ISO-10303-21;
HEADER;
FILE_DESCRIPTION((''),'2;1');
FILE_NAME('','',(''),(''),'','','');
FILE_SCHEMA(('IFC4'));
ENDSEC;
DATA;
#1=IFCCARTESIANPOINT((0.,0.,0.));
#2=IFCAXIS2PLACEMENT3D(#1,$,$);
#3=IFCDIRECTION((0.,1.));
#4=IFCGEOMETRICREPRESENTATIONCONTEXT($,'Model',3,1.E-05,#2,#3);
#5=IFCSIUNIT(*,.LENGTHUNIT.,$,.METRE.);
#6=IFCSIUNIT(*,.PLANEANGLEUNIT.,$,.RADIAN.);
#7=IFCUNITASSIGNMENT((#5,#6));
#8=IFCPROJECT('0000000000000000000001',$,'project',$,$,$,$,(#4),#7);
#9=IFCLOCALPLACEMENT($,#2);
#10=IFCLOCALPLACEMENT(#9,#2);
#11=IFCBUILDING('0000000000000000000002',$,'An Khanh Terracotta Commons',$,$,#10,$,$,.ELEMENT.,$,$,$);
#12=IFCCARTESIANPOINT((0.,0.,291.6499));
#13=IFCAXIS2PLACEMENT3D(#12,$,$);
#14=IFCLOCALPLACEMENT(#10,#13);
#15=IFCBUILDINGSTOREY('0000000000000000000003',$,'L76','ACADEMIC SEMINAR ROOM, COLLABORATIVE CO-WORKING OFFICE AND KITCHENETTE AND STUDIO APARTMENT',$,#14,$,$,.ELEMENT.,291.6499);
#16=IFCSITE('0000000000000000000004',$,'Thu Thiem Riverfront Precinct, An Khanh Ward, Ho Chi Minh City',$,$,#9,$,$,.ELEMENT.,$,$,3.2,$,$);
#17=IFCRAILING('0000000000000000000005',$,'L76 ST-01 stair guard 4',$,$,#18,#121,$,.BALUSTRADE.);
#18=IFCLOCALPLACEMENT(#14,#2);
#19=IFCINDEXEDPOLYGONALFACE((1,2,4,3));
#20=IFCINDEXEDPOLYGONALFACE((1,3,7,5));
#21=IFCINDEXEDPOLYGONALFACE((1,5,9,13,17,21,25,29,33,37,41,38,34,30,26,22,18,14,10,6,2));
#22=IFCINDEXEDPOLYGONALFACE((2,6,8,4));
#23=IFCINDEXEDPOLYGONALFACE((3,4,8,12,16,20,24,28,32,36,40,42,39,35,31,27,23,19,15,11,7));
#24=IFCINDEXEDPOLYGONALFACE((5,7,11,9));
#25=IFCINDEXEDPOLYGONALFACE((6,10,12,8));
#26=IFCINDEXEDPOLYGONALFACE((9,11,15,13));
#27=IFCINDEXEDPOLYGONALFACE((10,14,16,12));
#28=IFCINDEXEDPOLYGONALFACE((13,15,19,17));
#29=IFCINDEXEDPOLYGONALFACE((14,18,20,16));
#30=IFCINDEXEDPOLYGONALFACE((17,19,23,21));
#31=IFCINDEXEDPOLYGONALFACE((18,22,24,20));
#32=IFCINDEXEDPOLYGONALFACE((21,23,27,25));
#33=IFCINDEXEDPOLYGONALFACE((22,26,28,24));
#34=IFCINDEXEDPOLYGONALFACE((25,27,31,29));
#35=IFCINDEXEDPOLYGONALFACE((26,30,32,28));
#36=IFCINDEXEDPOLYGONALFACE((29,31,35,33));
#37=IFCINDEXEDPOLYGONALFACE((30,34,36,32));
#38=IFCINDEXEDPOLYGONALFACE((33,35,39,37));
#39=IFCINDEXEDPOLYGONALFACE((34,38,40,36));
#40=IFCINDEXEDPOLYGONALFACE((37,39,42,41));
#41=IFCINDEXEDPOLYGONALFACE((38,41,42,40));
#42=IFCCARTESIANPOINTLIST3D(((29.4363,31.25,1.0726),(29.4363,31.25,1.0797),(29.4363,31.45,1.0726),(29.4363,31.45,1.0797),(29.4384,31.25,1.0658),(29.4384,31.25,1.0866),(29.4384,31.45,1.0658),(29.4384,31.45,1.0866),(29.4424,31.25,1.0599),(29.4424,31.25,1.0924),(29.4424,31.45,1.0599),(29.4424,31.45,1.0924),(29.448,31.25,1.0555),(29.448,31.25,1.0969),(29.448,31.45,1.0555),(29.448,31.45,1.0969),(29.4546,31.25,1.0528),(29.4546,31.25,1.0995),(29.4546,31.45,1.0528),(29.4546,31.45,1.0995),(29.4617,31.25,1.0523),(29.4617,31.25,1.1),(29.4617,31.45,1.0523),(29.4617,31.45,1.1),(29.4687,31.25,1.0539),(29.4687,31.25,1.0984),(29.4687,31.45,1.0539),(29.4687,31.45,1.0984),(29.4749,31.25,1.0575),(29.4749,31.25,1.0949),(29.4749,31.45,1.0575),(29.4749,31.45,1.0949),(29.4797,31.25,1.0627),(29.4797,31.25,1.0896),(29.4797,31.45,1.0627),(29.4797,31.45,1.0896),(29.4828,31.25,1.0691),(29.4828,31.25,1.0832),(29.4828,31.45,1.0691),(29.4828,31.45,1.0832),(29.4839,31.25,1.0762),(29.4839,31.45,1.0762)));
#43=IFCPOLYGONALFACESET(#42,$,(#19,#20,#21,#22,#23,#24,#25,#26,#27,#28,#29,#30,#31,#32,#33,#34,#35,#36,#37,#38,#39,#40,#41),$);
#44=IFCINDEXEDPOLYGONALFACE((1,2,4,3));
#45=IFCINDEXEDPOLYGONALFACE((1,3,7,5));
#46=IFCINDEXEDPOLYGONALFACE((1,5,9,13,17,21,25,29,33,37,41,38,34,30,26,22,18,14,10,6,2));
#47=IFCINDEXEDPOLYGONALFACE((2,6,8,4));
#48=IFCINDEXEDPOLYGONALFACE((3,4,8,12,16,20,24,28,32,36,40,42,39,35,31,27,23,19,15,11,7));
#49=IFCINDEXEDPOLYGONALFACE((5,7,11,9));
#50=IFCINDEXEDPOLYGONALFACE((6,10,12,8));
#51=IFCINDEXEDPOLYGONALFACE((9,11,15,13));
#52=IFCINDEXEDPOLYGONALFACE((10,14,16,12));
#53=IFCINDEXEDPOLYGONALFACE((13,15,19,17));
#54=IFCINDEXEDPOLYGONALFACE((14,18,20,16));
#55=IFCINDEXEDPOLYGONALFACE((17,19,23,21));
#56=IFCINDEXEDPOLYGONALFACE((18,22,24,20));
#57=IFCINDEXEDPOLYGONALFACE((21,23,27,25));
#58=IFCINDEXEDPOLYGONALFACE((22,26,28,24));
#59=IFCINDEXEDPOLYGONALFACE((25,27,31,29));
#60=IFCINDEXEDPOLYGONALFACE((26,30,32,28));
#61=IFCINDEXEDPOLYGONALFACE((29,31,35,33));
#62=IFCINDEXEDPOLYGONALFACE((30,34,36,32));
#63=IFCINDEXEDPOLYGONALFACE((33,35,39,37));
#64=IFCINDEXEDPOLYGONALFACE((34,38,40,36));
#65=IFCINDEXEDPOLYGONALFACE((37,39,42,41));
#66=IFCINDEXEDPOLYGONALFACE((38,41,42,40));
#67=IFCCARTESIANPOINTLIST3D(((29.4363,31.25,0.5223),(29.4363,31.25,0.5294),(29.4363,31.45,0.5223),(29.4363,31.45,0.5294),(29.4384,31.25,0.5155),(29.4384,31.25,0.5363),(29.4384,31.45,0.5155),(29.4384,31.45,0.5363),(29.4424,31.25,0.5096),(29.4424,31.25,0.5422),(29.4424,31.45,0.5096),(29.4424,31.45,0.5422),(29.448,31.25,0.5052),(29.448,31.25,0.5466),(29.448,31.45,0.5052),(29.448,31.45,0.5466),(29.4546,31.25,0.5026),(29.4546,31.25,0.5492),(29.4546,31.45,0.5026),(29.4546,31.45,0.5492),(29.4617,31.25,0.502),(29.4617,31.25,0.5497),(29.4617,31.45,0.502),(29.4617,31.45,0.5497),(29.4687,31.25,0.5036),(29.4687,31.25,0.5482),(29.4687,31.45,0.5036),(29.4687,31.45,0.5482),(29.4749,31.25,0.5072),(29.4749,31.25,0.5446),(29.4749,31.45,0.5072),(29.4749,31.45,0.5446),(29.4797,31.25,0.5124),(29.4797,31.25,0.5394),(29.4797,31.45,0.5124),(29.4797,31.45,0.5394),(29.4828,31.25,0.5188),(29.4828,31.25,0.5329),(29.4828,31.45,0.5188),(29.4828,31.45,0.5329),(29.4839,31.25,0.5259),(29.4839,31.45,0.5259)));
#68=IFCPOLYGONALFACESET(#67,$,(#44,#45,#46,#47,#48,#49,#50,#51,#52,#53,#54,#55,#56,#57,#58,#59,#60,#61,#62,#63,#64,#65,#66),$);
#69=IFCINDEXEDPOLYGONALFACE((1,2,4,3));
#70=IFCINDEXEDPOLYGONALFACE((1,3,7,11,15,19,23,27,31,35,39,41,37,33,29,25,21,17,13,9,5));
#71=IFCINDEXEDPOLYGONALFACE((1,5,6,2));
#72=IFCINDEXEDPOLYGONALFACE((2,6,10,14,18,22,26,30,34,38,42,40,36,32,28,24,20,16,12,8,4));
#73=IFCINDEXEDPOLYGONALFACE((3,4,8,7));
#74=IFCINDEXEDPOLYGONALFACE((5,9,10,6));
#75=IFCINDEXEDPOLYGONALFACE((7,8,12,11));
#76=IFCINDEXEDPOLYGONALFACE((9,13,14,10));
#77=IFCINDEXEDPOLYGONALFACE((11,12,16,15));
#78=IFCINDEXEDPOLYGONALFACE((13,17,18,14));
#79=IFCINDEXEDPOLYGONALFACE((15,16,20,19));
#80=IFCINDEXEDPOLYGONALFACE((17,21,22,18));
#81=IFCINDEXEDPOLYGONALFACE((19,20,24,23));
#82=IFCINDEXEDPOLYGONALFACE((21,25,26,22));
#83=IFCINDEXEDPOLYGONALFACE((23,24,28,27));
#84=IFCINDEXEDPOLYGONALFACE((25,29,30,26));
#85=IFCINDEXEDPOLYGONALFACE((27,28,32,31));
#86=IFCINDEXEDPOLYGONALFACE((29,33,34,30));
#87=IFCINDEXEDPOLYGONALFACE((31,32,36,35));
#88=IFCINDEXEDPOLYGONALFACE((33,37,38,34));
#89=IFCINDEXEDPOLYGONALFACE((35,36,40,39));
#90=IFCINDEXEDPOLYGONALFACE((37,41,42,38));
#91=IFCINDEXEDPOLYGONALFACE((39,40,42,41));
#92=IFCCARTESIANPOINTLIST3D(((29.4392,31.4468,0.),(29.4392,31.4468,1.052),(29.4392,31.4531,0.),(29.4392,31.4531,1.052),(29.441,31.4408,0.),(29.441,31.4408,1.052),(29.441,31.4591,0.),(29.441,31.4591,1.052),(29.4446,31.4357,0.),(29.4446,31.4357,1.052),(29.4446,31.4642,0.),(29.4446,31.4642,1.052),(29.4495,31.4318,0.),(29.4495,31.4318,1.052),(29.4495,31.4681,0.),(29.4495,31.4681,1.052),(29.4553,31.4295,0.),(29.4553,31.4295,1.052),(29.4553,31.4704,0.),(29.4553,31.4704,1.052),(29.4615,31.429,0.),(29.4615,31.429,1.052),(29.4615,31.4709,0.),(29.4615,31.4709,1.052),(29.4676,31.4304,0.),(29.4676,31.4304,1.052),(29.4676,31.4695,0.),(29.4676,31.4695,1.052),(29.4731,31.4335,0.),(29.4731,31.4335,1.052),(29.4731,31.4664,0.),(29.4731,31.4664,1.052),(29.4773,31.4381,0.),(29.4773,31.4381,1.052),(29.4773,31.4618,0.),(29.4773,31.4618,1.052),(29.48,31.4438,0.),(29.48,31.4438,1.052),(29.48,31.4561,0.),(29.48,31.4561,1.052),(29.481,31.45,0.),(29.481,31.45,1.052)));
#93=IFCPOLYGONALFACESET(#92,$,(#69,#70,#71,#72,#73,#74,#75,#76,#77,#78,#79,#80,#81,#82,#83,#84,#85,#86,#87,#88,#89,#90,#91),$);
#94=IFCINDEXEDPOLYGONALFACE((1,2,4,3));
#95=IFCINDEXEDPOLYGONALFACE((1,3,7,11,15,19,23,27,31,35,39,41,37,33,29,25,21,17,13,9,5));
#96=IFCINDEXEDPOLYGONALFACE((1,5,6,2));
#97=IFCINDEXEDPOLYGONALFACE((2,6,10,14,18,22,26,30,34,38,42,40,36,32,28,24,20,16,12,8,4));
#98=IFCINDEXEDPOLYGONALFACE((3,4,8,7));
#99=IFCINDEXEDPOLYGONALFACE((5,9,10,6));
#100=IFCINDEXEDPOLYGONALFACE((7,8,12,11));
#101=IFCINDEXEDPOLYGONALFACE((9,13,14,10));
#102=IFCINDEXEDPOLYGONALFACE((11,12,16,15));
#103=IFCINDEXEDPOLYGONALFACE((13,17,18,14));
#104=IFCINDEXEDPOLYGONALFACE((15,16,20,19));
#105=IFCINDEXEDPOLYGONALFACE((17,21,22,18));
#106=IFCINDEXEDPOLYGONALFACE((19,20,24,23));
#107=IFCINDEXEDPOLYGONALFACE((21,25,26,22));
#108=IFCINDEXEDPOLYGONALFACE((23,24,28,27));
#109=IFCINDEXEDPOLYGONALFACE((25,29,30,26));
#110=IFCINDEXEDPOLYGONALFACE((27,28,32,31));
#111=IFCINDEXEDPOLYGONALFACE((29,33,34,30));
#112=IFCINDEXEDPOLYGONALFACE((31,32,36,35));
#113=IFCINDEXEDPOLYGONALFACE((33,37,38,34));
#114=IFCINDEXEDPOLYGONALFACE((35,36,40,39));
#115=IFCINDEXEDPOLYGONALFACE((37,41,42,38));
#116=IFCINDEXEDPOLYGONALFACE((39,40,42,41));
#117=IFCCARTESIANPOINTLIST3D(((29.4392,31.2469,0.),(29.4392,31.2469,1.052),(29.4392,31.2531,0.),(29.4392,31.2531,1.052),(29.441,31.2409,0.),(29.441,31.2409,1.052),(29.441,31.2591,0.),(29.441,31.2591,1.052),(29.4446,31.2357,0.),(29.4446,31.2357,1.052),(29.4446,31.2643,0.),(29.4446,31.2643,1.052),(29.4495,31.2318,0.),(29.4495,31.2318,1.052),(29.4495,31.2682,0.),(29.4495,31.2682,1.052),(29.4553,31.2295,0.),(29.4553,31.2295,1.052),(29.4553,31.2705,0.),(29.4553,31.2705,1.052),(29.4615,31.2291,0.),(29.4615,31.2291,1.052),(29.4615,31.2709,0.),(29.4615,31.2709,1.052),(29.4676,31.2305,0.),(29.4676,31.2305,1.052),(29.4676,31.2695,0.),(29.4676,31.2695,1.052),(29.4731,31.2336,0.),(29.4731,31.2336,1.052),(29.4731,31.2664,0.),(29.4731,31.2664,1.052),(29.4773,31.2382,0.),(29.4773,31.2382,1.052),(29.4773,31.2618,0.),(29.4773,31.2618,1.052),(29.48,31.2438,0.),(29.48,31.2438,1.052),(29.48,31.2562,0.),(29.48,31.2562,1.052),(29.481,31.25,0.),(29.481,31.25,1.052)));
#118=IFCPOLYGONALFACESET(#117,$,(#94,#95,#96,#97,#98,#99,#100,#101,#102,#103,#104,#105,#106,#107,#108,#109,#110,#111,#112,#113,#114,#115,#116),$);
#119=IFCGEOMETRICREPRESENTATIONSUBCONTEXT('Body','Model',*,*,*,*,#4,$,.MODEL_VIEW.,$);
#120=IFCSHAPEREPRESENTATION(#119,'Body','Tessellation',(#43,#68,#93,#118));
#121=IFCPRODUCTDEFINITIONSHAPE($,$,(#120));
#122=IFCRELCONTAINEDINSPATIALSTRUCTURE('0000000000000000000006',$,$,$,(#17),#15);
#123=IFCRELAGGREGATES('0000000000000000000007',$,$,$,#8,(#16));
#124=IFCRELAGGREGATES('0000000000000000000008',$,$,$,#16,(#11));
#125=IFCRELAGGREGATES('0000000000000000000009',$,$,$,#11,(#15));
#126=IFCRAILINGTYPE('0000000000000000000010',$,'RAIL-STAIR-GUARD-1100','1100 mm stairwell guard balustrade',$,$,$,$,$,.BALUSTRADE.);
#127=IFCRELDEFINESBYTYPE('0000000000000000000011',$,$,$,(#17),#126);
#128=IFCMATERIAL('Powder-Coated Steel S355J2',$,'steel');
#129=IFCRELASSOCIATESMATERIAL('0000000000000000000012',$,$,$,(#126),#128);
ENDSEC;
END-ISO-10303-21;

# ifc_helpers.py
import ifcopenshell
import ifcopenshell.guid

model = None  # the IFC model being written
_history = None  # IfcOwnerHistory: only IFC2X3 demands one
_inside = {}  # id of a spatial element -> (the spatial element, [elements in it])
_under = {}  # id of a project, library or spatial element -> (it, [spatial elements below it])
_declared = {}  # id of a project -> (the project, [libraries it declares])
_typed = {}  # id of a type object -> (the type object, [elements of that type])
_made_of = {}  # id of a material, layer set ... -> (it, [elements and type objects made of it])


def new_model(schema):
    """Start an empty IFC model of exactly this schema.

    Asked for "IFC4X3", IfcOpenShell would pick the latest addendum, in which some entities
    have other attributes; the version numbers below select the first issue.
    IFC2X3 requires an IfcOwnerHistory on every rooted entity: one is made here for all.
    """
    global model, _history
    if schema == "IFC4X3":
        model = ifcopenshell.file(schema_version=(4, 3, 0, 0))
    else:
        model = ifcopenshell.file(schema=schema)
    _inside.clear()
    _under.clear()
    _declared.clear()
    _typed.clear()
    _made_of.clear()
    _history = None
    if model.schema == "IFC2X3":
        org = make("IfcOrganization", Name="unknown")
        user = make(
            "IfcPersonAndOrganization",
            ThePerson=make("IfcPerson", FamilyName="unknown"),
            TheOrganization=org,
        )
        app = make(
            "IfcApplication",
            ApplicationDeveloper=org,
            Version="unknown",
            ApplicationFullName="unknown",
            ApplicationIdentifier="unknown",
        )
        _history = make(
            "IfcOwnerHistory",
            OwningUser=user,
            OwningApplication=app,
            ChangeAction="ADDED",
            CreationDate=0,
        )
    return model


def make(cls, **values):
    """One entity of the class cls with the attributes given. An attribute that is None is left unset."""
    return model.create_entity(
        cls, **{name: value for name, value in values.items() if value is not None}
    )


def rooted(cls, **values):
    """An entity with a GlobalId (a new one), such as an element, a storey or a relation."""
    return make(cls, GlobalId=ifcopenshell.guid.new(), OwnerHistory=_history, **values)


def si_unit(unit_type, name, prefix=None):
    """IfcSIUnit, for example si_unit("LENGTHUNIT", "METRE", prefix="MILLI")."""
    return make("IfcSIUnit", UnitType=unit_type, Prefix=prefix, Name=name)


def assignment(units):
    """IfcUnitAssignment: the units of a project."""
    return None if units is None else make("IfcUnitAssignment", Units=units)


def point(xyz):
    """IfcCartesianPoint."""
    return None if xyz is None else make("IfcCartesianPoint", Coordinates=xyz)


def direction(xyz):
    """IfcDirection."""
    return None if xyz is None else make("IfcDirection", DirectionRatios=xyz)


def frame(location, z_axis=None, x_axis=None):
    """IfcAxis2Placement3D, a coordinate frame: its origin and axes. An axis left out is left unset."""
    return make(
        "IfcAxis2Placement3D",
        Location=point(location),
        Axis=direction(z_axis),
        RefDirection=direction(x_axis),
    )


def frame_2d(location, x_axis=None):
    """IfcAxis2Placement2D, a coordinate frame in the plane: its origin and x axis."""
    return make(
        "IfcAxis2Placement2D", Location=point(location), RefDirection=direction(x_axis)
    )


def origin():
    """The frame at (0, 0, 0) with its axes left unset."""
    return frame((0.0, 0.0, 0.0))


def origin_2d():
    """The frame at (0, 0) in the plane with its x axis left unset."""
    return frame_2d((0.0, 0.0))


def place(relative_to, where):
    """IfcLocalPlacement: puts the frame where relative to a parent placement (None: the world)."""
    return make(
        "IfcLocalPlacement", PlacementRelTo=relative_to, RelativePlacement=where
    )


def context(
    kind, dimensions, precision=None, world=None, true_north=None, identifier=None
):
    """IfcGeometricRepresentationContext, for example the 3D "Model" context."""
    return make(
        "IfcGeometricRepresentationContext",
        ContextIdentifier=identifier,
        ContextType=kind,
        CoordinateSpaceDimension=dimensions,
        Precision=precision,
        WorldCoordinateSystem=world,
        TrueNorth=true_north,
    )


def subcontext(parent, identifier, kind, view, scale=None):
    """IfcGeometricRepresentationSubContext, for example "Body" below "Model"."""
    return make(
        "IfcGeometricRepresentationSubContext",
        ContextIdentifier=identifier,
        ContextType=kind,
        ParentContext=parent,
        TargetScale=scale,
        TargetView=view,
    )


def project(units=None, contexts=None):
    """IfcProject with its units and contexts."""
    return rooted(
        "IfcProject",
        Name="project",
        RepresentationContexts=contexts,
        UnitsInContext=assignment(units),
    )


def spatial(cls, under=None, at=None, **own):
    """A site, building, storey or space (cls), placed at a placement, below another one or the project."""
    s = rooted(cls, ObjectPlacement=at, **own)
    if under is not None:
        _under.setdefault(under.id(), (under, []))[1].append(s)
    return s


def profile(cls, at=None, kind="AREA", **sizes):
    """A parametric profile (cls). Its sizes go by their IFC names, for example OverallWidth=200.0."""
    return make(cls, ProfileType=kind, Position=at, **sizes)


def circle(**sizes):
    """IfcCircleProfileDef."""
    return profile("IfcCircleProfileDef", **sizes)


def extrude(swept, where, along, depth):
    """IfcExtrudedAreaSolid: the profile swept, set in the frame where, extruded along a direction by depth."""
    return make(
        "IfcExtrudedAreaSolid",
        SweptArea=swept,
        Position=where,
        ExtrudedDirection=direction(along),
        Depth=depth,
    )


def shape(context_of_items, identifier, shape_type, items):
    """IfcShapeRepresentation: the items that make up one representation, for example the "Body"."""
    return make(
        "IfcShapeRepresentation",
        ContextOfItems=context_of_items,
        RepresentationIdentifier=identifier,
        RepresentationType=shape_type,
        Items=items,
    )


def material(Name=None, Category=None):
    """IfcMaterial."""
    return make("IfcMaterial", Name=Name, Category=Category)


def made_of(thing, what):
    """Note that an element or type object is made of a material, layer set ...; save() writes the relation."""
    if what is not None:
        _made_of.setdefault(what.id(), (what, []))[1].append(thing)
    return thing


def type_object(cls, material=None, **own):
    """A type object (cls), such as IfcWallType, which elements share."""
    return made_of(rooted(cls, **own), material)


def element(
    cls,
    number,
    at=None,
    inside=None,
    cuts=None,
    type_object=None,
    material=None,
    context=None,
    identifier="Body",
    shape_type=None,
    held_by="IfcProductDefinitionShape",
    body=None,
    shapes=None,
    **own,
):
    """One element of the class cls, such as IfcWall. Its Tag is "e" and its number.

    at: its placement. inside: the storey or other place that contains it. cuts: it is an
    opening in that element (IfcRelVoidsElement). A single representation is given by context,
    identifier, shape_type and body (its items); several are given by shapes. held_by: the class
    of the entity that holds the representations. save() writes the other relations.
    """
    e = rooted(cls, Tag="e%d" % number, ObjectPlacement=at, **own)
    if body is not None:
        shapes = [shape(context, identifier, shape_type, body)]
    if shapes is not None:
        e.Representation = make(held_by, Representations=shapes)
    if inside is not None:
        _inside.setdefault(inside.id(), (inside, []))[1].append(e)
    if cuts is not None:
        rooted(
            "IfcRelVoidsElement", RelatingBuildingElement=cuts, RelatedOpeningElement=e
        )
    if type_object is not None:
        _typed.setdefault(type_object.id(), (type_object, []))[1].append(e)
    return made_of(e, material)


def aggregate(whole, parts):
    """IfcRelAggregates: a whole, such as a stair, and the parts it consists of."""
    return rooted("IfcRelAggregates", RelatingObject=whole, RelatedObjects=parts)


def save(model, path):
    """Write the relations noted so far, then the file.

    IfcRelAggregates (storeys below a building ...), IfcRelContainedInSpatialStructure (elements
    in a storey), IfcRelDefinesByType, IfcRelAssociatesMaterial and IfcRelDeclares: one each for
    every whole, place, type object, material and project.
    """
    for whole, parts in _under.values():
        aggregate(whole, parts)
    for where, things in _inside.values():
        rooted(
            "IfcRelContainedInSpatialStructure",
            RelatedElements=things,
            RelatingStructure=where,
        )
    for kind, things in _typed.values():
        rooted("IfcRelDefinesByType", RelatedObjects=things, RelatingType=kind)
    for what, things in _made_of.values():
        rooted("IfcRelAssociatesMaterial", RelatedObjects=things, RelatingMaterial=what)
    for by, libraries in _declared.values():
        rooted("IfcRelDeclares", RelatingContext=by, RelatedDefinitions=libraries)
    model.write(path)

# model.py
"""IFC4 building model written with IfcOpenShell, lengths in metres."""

from ifc_helpers import new_model, si_unit, direction, frame, origin, origin_2d, place, context, subcontext, project, spatial, circle, extrude, material, type_object, element, save


model = new_model("IFC4")

# Units and contexts
model_context = context("Model", 3, precision=1e-05, world=origin(), true_north=direction((0.0, 1.0)))
body_context = subcontext(model_context, "Body", "Model", "MODEL_VIEW")
ifc_project = project(units=[si_unit("LENGTHUNIT", "METRE"), si_unit("PLANEANGLEUNIT", "RADIAN")], contexts=[model_context])

# Site, building, storey
site_placement = place(None, origin())
site = spatial("IfcSite", under=ifc_project, at=site_placement, Name="Thu Thiem Riverfront Precinct, An Khanh Ward, Ho Chi Minh City", CompositionType="ELEMENT", RefElevation=3.2)
building_placement = place(site_placement, origin())
building = spatial("IfcBuilding", under=site, at=building_placement, Name="An Khanh Terracotta Commons", CompositionType="ELEMENT")
storey_placement = place(building_placement, frame((0.0, 0.0, 291.6499)))
storey = spatial("IfcBuildingStorey", under=building, at=storey_placement, Name="L76", Description="ACADEMIC SEMINAR ROOM, COLLABORATIVE CO-WORKING OFFICE AND KITCHENETTE AND STUDIO APARTMENT", CompositionType="ELEMENT", Elevation=291.6499)

# Railing
ifc_material_1 = material(Name="Powder-Coated Steel S355J2", Category="steel")
railing_type_1 = type_object("IfcRailingType", Name="RAIL-STAIR-GUARD-1100", Description="1100 mm stairwell guard balustrade", PredefinedType="BALUSTRADE", material=ifc_material_1)
railing_1_placement = place(storey_placement, frame((29.46, 31.45, 0.0)))
element("IfcRailing", 1, at=railing_1_placement, inside=storey, type_object=railing_type_1, Name="L76 ST-01 stair guard 4", PredefinedType="BALUSTRADE", context=body_context, shape_type="SweptSolid", body=[
    extrude(circle(Radius=0.0239, at=origin_2d()), frame((0.0, 0.0, 1.0762), z_axis=(0.0, -1.0, 0.0), x_axis=(1.0, 0.0, 0.0)), (0.0, 0.0, 1.0), 0.2),
    extrude(circle(Radius=0.0239, at=origin_2d()), frame((0.0, 0.0, 0.5259), z_axis=(0.0, -1.0, 0.0), x_axis=(1.0, 0.0, 0.0)), (0.0, 0.0, 1.0), 0.2),
    extrude(circle(Radius=0.021, at=origin_2d()), origin(), (0.0, 0.0, 1.0), 1.052),
    extrude(circle(Radius=0.021, at=origin_2d()), frame((0.0, -0.2, 0.0)), (0.0, 0.0, 1.0), 1.052),
])

save(model, "model.ifc")
